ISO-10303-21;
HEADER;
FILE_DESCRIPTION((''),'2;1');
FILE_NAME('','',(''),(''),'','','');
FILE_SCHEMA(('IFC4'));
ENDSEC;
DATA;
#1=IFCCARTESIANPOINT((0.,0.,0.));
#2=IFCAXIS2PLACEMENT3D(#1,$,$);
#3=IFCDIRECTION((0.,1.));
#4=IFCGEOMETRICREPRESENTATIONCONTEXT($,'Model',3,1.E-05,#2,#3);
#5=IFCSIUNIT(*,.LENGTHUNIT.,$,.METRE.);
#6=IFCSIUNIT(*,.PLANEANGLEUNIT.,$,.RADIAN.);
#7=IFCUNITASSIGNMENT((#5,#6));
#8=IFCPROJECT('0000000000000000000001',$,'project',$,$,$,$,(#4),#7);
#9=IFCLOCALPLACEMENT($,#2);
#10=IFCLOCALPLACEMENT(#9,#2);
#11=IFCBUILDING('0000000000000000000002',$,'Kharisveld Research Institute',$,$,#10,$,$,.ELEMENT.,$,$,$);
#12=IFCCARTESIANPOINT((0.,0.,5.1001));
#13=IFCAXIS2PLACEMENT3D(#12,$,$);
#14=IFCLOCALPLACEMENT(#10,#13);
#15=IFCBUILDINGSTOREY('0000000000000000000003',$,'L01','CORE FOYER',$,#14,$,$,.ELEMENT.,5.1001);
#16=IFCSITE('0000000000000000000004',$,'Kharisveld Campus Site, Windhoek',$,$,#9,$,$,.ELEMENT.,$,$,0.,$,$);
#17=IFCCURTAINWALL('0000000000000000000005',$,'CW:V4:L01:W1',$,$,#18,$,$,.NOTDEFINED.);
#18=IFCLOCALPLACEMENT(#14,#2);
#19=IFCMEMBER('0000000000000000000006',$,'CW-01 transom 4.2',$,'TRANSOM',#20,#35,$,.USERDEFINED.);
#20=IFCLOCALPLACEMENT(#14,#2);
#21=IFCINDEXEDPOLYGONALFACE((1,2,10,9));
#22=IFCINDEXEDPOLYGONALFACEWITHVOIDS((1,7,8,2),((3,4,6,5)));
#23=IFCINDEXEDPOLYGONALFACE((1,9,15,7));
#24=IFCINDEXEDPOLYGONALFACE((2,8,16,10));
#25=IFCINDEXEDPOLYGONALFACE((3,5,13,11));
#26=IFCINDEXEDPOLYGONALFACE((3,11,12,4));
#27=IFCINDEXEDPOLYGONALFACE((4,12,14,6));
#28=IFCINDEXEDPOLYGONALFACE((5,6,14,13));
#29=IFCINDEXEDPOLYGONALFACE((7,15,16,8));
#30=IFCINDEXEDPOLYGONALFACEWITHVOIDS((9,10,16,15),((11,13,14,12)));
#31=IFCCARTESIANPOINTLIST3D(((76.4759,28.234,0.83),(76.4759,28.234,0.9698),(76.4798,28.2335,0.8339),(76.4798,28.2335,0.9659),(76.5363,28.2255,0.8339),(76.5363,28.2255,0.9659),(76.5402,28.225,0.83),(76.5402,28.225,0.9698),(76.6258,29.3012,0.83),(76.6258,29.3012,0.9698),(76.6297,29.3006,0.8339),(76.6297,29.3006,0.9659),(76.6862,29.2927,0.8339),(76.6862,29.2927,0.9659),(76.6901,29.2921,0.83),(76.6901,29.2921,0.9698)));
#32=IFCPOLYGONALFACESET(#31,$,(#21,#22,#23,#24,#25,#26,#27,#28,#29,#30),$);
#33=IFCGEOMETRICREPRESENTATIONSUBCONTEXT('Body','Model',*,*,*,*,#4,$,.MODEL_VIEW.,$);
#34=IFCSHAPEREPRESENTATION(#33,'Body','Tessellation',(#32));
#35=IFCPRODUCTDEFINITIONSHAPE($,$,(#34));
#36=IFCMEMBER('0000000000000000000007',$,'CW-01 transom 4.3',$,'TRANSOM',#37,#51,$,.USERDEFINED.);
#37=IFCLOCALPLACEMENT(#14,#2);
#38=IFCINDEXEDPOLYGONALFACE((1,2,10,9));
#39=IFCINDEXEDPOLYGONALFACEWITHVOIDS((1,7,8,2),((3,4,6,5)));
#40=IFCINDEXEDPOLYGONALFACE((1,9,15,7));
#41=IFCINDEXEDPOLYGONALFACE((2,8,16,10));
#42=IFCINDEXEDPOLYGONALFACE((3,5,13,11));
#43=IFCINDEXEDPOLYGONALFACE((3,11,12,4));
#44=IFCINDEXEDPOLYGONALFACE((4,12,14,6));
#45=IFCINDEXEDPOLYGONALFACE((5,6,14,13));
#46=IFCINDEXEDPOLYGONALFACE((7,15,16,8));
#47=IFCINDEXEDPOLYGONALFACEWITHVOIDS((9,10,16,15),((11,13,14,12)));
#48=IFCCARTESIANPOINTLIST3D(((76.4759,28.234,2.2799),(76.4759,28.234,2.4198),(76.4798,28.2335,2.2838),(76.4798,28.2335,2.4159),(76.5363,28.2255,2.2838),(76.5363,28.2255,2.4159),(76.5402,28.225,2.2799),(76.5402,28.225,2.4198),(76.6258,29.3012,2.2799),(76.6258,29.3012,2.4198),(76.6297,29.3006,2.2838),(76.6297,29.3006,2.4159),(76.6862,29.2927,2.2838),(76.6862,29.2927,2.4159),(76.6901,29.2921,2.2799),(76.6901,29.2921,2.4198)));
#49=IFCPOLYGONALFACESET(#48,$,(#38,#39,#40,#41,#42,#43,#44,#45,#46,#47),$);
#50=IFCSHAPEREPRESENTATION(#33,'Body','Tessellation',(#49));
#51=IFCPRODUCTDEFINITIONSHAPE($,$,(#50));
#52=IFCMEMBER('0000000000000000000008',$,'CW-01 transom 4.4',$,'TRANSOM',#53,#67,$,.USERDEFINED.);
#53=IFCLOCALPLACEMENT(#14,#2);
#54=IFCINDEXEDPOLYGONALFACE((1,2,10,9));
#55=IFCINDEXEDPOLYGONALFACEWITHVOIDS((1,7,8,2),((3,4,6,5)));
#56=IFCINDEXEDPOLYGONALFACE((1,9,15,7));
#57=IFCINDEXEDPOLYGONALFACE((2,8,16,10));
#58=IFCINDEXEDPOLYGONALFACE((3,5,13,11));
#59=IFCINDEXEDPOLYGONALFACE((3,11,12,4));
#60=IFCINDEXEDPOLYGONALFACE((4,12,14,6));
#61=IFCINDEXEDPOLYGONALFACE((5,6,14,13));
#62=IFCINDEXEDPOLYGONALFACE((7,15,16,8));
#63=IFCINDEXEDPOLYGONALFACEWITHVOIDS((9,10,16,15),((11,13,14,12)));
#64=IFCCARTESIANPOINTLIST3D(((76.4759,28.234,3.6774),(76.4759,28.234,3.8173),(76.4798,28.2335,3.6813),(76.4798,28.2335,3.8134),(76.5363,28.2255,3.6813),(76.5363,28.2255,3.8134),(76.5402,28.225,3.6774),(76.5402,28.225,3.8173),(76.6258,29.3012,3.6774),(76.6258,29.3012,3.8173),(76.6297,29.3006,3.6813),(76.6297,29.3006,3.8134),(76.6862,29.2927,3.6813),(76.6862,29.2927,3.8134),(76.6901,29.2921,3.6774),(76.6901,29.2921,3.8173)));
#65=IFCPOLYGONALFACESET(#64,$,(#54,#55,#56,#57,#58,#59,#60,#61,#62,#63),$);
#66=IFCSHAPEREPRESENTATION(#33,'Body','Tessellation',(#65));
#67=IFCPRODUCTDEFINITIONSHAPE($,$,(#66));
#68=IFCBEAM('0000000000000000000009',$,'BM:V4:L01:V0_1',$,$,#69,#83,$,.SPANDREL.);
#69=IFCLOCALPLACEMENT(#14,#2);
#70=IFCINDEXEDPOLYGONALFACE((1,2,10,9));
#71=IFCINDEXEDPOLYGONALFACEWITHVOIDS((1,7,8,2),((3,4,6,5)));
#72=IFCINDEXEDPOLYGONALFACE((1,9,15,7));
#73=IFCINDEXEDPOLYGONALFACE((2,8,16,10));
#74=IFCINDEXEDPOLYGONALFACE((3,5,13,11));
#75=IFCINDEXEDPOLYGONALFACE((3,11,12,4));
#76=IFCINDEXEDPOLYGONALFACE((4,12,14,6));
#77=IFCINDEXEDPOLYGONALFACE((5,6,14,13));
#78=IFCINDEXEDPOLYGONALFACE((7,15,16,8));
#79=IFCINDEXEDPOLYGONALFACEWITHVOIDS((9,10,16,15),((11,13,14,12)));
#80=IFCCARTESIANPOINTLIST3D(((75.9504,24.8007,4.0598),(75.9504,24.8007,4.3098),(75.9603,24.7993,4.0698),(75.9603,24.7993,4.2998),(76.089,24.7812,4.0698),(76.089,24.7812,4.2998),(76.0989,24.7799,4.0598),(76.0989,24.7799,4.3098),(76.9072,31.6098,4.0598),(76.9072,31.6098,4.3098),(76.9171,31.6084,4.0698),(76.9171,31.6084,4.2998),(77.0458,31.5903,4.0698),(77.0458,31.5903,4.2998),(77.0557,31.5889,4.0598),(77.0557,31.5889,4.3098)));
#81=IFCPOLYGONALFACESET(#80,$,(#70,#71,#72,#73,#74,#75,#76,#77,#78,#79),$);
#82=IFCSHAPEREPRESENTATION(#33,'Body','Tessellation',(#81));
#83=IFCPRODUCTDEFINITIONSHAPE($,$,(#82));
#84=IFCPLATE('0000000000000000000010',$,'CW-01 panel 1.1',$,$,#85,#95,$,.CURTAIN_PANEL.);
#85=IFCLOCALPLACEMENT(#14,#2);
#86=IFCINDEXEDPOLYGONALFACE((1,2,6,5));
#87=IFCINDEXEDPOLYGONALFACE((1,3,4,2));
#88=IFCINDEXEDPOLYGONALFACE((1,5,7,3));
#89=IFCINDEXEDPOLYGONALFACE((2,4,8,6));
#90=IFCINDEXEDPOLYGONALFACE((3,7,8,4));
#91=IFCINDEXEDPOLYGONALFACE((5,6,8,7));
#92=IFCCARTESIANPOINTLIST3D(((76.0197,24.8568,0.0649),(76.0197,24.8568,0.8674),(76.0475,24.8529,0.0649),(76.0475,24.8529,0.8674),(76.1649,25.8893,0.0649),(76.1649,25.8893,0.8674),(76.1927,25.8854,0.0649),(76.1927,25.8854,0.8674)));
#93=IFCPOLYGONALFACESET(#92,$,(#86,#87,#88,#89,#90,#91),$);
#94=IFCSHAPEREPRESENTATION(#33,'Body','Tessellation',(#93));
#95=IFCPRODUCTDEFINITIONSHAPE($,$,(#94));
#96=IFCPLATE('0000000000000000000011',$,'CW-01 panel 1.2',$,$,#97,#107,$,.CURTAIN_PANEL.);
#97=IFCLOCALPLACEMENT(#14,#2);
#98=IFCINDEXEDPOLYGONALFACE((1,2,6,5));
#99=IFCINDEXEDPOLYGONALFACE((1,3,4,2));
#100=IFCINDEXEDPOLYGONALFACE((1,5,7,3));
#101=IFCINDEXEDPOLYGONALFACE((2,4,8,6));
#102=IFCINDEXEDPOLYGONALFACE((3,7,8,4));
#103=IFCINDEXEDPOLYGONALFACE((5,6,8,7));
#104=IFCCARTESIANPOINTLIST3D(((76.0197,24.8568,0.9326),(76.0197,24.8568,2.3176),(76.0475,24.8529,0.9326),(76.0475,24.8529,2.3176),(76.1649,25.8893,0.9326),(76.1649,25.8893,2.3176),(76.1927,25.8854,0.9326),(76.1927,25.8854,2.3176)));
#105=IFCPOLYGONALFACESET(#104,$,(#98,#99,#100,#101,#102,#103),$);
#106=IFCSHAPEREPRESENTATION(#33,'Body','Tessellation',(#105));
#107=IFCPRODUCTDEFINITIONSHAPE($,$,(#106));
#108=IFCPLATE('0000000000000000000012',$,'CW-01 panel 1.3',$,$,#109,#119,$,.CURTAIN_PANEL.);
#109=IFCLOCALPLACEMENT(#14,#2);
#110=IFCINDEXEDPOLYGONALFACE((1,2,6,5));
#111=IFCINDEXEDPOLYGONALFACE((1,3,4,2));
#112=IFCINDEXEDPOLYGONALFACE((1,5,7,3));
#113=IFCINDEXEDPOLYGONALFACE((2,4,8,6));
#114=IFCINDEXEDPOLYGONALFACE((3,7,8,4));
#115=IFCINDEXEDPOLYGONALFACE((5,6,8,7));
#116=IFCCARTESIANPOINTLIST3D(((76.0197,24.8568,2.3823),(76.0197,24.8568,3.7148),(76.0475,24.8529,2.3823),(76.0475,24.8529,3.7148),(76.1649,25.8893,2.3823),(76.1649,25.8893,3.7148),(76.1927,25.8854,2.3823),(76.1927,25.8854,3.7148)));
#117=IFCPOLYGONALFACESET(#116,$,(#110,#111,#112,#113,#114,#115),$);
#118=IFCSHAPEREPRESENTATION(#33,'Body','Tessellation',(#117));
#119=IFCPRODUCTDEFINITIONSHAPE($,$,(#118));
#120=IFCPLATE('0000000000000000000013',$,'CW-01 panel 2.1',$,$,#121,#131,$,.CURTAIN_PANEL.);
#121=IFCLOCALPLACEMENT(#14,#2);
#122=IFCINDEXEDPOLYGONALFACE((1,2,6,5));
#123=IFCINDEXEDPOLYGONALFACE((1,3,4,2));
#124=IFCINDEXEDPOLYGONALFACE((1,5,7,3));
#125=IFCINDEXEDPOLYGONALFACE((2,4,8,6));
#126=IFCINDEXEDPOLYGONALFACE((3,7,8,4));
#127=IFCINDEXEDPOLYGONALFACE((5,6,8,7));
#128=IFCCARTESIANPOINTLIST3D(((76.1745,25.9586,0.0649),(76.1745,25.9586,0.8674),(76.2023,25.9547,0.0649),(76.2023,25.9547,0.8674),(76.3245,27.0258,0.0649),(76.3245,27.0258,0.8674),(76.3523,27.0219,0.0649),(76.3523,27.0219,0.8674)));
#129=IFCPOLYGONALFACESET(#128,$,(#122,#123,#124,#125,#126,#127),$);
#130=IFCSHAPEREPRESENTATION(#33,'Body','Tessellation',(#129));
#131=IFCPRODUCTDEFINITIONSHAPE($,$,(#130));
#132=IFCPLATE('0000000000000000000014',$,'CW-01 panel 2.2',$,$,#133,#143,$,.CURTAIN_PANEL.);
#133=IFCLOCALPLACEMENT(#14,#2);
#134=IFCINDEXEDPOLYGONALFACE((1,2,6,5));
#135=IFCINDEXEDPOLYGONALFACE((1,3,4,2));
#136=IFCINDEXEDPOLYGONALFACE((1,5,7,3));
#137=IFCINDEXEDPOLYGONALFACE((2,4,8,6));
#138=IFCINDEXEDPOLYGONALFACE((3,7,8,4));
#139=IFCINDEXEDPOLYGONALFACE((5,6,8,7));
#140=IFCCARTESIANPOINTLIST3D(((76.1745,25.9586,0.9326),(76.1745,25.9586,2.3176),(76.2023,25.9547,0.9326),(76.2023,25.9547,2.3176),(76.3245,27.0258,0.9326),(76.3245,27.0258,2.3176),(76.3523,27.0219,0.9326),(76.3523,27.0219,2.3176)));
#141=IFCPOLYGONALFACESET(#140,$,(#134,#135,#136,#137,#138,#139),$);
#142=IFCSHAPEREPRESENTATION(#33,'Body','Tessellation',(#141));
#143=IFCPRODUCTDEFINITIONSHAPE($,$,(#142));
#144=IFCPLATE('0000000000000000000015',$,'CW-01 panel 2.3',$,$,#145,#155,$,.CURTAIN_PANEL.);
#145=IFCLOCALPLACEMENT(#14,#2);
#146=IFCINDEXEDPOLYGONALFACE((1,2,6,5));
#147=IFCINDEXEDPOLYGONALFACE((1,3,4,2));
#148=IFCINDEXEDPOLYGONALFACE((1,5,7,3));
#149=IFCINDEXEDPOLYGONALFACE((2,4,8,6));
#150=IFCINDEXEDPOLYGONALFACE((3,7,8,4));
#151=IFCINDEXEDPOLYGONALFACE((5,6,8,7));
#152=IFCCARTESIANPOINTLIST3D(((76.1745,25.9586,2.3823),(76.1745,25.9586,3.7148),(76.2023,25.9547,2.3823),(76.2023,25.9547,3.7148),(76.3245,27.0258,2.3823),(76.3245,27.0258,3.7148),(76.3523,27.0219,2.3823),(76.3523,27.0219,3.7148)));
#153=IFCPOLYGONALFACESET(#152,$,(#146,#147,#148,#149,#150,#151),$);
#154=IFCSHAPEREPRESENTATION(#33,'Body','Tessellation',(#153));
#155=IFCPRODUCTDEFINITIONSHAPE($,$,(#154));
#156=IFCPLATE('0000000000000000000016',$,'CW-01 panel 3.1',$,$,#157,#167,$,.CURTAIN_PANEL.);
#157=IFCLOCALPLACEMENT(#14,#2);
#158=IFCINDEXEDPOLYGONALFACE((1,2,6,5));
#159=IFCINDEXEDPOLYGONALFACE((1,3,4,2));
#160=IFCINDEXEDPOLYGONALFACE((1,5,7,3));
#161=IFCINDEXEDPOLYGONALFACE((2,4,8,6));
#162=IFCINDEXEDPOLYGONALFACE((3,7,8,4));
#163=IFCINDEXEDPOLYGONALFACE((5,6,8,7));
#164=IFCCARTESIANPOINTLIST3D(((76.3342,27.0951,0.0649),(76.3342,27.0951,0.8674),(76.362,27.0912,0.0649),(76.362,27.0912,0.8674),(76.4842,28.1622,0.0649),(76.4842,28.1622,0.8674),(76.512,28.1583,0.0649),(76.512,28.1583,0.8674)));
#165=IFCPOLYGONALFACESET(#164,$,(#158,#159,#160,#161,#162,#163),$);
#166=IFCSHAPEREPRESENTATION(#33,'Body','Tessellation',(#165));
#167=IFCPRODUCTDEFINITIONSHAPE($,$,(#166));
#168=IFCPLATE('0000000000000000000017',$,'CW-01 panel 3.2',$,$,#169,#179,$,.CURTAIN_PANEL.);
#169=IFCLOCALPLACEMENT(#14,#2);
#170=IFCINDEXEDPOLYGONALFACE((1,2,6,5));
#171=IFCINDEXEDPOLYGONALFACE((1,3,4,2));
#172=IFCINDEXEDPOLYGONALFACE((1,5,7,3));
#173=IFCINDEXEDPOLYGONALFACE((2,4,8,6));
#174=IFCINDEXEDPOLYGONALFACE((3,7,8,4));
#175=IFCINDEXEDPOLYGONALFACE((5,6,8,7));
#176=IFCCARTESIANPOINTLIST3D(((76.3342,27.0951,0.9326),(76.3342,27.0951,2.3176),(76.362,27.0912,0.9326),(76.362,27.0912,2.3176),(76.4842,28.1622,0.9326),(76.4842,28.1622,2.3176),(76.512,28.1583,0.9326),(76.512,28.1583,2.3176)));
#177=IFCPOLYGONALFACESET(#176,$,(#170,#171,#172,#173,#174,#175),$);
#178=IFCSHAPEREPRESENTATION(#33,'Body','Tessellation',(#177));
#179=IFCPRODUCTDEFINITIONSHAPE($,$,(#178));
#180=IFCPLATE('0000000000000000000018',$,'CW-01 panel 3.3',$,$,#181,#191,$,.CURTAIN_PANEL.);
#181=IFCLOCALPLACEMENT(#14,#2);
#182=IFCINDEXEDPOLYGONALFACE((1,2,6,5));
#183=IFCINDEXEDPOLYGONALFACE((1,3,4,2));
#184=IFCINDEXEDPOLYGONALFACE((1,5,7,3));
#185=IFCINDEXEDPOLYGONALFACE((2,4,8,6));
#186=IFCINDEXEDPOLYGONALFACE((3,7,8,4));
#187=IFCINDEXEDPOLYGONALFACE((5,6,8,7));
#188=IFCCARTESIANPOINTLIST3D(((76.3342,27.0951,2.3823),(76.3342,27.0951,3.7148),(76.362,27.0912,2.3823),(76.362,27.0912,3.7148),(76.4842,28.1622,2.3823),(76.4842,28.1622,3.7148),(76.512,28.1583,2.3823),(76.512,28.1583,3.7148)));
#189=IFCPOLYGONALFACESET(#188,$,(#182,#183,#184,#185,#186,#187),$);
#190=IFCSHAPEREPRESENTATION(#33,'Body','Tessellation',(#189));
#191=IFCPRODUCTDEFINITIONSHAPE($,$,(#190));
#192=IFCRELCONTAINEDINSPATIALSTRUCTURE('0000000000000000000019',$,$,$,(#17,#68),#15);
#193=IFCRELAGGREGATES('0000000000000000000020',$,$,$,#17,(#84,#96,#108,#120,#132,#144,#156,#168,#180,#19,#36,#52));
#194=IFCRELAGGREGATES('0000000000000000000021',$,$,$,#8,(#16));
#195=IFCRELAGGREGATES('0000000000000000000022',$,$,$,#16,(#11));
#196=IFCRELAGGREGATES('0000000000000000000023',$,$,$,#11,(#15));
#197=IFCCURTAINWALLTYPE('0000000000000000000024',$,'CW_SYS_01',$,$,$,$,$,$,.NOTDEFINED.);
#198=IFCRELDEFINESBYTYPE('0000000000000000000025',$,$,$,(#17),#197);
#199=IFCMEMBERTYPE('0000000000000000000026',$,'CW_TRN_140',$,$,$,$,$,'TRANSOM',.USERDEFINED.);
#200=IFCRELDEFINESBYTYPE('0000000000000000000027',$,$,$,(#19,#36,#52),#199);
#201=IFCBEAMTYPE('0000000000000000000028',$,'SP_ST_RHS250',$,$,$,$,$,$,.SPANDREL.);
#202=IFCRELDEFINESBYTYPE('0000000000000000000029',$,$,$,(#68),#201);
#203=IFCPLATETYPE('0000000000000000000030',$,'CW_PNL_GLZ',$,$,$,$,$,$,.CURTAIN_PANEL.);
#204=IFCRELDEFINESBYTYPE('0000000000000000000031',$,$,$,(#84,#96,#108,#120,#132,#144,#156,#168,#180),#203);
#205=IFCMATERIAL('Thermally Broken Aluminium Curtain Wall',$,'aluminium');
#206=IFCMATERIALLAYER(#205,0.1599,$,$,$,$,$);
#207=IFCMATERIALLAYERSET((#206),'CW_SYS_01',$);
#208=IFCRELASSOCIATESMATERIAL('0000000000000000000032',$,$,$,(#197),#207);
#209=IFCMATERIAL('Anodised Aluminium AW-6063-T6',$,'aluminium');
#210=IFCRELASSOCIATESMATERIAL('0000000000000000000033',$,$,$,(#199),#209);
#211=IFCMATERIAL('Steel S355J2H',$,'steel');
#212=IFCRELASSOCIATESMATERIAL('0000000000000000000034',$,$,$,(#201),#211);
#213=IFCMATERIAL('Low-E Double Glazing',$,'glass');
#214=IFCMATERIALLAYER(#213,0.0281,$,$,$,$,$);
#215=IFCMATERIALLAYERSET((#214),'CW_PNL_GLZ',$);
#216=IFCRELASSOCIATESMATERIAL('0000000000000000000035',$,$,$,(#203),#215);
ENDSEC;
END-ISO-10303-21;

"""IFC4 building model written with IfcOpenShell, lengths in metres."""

from ifc_helpers import new_model, si_unit, direction, frame, origin, origin_2d, place, context, subcontext, project, spatial, rectangle, hollow_rectangle, extrude, material, layer, layer_set, material_profile, profile_set, type_object, element, aggregate, save


model = new_model("IFC4")

# Units and contexts
model_context = context("Model", 3, precision=1e-05, world=origin(), true_north=direction((0.0, 1.0)))
body_context = subcontext(model_context, "Body", "Model", "MODEL_VIEW")
ifc_project = project(units=[si_unit("LENGTHUNIT", "METRE"), si_unit("PLANEANGLEUNIT", "RADIAN")], contexts=[model_context])

# Site, building, storey
site_placement = place(None, origin())
site = spatial("IfcSite", under=ifc_project, at=site_placement, Name="Kharisveld Campus Site, Windhoek", CompositionType="ELEMENT", RefElevation=0.0)
building_placement = place(site_placement, origin())
building = spatial("IfcBuilding", under=site, at=building_placement, Name="Kharisveld Research Institute", CompositionType="ELEMENT")
storey_placement = place(building_placement, frame((0.0, 0.0, 5.1001)))
storey = spatial("IfcBuildingStorey", under=building, at=storey_placement, Name="L01", Description="CORE FOYER", CompositionType="ELEMENT", Elevation=5.1001)

# Curtain wall, members
ifc_material_1 = material(Name="Thermally Broken Aluminium Curtain Wall", Category="aluminium")
ifc_layer_1 = layer(ifc_material_1, 0.1599)
ifc_layer_set_1 = layer_set([ifc_layer_1], Name="CW_SYS_01")
curtain_wall_type = type_object("IfcCurtainWallType", Name="CW_SYS_01", PredefinedType="NOTDEFINED", material=ifc_layer_set_1)
curtain_wall_placement = place(storey_placement, origin())
curtain_wall = element("IfcCurtainWall", 1, at=curtain_wall_placement, inside=storey, type_object=curtain_wall_type, Name="CW:V4:L01:W1", PredefinedType="NOTDEFINED")
ifc_material_2 = material(Name="Anodised Aluminium AW-6063-T6", Category="aluminium")
ifc_material_profile_1 = material_profile(ifc_material_2, hollow_rectangle(XDim=0.0649, YDim=0.1399, WallThickness=0.0039, at=origin_2d()))
ifc_profile_set_1 = profile_set([ifc_material_profile_1], Name="Anodised Aluminium AW-6063-T6")
member_type_1 = type_object("IfcMemberType", Name="CW_TRN_140", ElementType="TRANSOM", PredefinedType="USERDEFINED", material=ifc_profile_set_1)
member_1_placement = place(storey_placement, frame((76.5081, 28.2295, 0.8999), z_axis=(0.139106, 0.990278, 0.0), x_axis=(-0.990278, 0.139106, 0.0)))
member_1 = element("IfcMember", 2, at=member_1_placement, type_object=member_type_1, Name="CW-01 transom 4.2", ObjectType="TRANSOM", PredefinedType="USERDEFINED", context=body_context, shape_type="SweptSolid", body=[
    extrude(hollow_rectangle(XDim=0.0649, YDim=0.1399, WallThickness=0.0039, at=origin_2d()), origin(), (0.0, 0.0, 1.0), 1.0776),
])
member_2_placement = place(storey_placement, frame((76.5081, 28.2295, 2.3499), z_axis=(0.139106, 0.990278, 0.0), x_axis=(-0.990278, 0.139106, 0.0)))
member_2 = element("IfcMember", 3, at=member_2_placement, type_object=member_type_1, Name="CW-01 transom 4.3", ObjectType="TRANSOM", PredefinedType="USERDEFINED", context=body_context, shape_type="SweptSolid", body=[
    extrude(hollow_rectangle(XDim=0.0649, YDim=0.1399, WallThickness=0.0039, at=origin_2d()), origin(), (0.0, 0.0, 1.0), 1.0776),
])
member_3_placement = place(storey_placement, frame((76.5081, 28.2295, 3.7473), z_axis=(0.139106, 0.990278, 0.0), x_axis=(-0.990278, 0.139106, 0.0)))
member_3 = element("IfcMember", 4, at=member_3_placement, type_object=member_type_1, Name="CW-01 transom 4.4", ObjectType="TRANSOM", PredefinedType="USERDEFINED", context=body_context, shape_type="SweptSolid", body=[
    extrude(hollow_rectangle(XDim=0.0649, YDim=0.1399, WallThickness=0.0039, at=origin_2d()), origin(), (0.0, 0.0, 1.0), 1.0776),
])

# Beam
ifc_material_3 = material(Name="Steel S355J2H", Category="steel")
ifc_material_profile_2 = material_profile(ifc_material_3, hollow_rectangle(XDim=0.1499, YDim=0.25, WallThickness=0.01, at=origin_2d()))
ifc_profile_set_2 = profile_set([ifc_material_profile_2], Name="Steel S355J2H")
beam_type_1 = type_object("IfcBeamType", Name="SP_ST_RHS250", PredefinedType="SPANDREL", material=ifc_profile_set_2)
beam_1_placement = place(storey_placement, frame((76.0247, 24.7903, 4.1848), z_axis=(0.139149, 0.990271, 0.0), x_axis=(-0.990271, 0.139149, 0.0)))
element("IfcBeam", 5, at=beam_1_placement, inside=storey, type_object=beam_type_1, Name="BM:V4:L01:V0_1", PredefinedType="SPANDREL", context=body_context, shape_type="SweptSolid", body=[
    extrude(hollow_rectangle(XDim=0.1499, YDim=0.25, WallThickness=0.01, at=origin_2d()), origin(), (0.0, 0.0, 1.0), 6.876),
])

# Plates
ifc_material_4 = material(Name="Low-E Double Glazing", Category="glass")
ifc_layer_2 = layer(ifc_material_4, 0.0281)
ifc_layer_set_2 = layer_set([ifc_layer_2], Name="CW_PNL_GLZ")
plate_type = type_object("IfcPlateType", Name="CW_PNL_GLZ", PredefinedType="CURTAIN_PANEL", material=ifc_layer_set_2)
plate_1_placement = place(storey_placement, frame((76.1062, 25.3711, 0.0649), z_axis=(0.0, 0.0, 1.0), x_axis=(0.139173, 0.990268, 0.0)))
plate_1 = element("IfcPlate", 6, at=plate_1_placement, type_object=plate_type, Name="CW-01 panel 1.1", PredefinedType="CURTAIN_PANEL", context=body_context, shape_type="SweptSolid", body=[
    extrude(rectangle(XDim=1.0427, YDim=0.0281, at=origin_2d()), origin(), (0.0, 0.0, 1.0), 0.8025),
])
plate_2_placement = place(storey_placement, frame((76.1062, 25.3711, 0.9326), z_axis=(0.0, 0.0, 1.0), x_axis=(0.139173, 0.990268, 0.0)))
plate_2 = element("IfcPlate", 7, at=plate_2_placement, type_object=plate_type, Name="CW-01 panel 1.2", PredefinedType="CURTAIN_PANEL", context=body_context, shape_type="SweptSolid", body=[
    extrude(rectangle(XDim=1.0427, YDim=0.0281, at=origin_2d()), origin(), (0.0, 0.0, 1.0), 1.385),
])
plate_3_placement = place(storey_placement, frame((76.1062, 25.3711, 2.3823), z_axis=(0.0, 0.0, 1.0), x_axis=(0.139173, 0.990268, 0.0)))
plate_3 = element("IfcPlate", 8, at=plate_3_placement, type_object=plate_type, Name="CW-01 panel 1.3", PredefinedType="CURTAIN_PANEL", context=body_context, shape_type="SweptSolid", body=[
    extrude(rectangle(XDim=1.0427, YDim=0.0281, at=origin_2d()), origin(), (0.0, 0.0, 1.0), 1.3325),
])
plate_4_placement = place(storey_placement, frame((76.2634, 26.4902, 0.0649), z_axis=(0.0, 0.0, 1.0), x_axis=(0.139173, 0.990268, 0.0)))
plate_4 = element("IfcPlate", 9, at=plate_4_placement, type_object=plate_type, Name="CW-01 panel 2.1", PredefinedType="CURTAIN_PANEL", context=body_context, shape_type="SweptSolid", body=[
    extrude(rectangle(XDim=1.0776, YDim=0.0281, at=origin_2d()), origin(), (0.0, 0.0, 1.0), 0.8025),
])
plate_5_placement = place(storey_placement, frame((76.2634, 26.4902, 0.9326), z_axis=(0.0, 0.0, 1.0), x_axis=(0.139173, 0.990268, 0.0)))
plate_5 = element("IfcPlate", 10, at=plate_5_placement, type_object=plate_type, Name="CW-01 panel 2.2", PredefinedType="CURTAIN_PANEL", context=body_context, shape_type="SweptSolid", body=[
    extrude(rectangle(XDim=1.0776, YDim=0.0281, at=origin_2d()), origin(), (0.0, 0.0, 1.0), 1.385),
])
plate_6_placement = place(storey_placement, frame((76.2634, 26.4902, 2.3823), z_axis=(0.0, 0.0, 1.0), x_axis=(0.139173, 0.990268, 0.0)))
plate_6 = element("IfcPlate", 11, at=plate_6_placement, type_object=plate_type, Name="CW-01 panel 2.3", PredefinedType="CURTAIN_PANEL", context=body_context, shape_type="SweptSolid", body=[
    extrude(rectangle(XDim=1.0776, YDim=0.0281, at=origin_2d()), origin(), (0.0, 0.0, 1.0), 1.3325),
])
plate_7_placement = place(storey_placement, frame((76.4231, 27.6267, 0.0649), z_axis=(0.0, 0.0, 1.0), x_axis=(0.139173, 0.990268, 0.0)))
plate_7 = element("IfcPlate", 12, at=plate_7_placement, type_object=plate_type, Name="CW-01 panel 3.1", PredefinedType="CURTAIN_PANEL", context=body_context, shape_type="SweptSolid", body=[
    extrude(rectangle(XDim=1.0776, YDim=0.0281, at=origin_2d()), origin(), (0.0, 0.0, 1.0), 0.8025),
])
plate_8_placement = place(storey_placement, frame((76.4231, 27.6267, 0.9326), z_axis=(0.0, 0.0, 1.0), x_axis=(0.139173, 0.990268, 0.0)))
plate_8 = element("IfcPlate", 13, at=plate_8_placement, type_object=plate_type, Name="CW-01 panel 3.2", PredefinedType="CURTAIN_PANEL", context=body_context, shape_type="SweptSolid", body=[
    extrude(rectangle(XDim=1.0776, YDim=0.0281, at=origin_2d()), origin(), (0.0, 0.0, 1.0), 1.385),
])
plate_9_placement = place(storey_placement, frame((76.4231, 27.6267, 2.3823), z_axis=(0.0, 0.0, 1.0), x_axis=(0.139173, 0.990268, 0.0)))
plate_9 = element("IfcPlate", 14, at=plate_9_placement, type_object=plate_type, Name="CW-01 panel 3.3", PredefinedType="CURTAIN_PANEL", context=body_context, shape_type="SweptSolid", body=[
    extrude(rectangle(XDim=1.0776, YDim=0.0281, at=origin_2d()), origin(), (0.0, 0.0, 1.0), 1.3325),
])
aggregate(curtain_wall, [plate_1, plate_2, plate_3, plate_4, plate_5, plate_6, plate_7, plate_8, plate_9, member_1, member_2, member_3])

save(model, "model.ifc")
